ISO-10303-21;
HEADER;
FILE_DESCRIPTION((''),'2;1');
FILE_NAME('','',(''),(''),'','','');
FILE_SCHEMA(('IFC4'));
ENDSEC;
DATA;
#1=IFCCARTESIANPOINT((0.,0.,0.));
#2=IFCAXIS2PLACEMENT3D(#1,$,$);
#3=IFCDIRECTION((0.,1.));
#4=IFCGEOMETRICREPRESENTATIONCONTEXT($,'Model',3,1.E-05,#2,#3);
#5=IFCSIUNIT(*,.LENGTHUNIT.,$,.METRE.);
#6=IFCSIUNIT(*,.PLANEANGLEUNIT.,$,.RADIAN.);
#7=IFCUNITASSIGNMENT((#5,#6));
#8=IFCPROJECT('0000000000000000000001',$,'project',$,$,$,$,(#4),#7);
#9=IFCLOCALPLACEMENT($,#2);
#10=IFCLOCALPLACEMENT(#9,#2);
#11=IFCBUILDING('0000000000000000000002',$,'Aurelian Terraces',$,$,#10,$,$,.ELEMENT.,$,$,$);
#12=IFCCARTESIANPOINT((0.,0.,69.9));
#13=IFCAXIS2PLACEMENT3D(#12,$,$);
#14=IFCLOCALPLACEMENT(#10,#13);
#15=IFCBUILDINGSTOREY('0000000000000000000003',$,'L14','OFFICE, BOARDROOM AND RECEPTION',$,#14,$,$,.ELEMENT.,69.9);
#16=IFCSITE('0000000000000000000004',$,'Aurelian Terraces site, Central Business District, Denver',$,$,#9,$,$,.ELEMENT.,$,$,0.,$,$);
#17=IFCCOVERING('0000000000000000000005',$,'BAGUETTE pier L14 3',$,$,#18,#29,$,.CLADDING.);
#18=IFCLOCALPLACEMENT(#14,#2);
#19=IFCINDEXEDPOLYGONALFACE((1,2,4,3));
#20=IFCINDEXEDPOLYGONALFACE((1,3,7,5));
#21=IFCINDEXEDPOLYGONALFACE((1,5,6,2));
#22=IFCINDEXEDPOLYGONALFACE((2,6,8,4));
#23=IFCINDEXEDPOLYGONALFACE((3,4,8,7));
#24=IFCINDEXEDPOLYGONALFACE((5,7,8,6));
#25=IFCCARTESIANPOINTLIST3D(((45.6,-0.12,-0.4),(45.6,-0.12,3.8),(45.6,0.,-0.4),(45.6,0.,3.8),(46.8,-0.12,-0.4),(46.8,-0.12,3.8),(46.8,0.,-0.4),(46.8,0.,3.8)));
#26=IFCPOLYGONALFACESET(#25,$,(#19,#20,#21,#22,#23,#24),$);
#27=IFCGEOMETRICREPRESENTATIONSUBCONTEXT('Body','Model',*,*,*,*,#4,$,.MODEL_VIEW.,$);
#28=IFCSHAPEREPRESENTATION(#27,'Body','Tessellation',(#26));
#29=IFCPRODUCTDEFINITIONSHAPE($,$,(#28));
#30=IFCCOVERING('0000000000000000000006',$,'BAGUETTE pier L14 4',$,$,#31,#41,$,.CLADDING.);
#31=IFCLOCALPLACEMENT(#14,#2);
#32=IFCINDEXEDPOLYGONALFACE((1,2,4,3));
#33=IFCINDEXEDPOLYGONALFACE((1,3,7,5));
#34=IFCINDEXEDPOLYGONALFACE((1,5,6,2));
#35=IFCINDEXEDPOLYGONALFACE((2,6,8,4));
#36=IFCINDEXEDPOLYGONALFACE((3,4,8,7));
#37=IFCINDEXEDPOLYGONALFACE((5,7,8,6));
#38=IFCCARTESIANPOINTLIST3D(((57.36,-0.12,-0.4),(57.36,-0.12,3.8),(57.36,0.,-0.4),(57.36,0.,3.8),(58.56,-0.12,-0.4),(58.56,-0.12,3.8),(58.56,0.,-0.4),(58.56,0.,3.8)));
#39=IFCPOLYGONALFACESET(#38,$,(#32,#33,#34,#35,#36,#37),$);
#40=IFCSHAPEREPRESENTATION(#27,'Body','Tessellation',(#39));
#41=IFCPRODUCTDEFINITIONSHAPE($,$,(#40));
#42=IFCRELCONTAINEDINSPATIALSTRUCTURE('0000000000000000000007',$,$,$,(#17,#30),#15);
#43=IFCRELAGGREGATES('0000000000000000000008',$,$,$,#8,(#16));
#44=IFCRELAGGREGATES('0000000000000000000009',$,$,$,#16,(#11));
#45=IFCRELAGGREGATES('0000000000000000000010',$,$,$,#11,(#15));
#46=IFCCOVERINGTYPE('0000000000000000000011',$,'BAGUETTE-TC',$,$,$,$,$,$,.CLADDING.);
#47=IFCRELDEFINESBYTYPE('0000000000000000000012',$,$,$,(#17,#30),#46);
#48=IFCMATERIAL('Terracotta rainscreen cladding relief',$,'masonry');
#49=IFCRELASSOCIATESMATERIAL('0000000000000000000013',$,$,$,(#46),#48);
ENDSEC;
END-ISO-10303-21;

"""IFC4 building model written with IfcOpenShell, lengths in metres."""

from ifc_helpers import new_model, si_unit, direction, frame, origin, origin_2d, place, context, subcontext, project, spatial, rectangle, extrude, source, transform, mapped, material, type_object, element, save


model = new_model("IFC4")

# Units and contexts
model_context = context("Model", 3, precision=1e-05, world=origin(), true_north=direction((0.0, 1.0)))
body_context = subcontext(model_context, "Body", "Model", "MODEL_VIEW")
ifc_project = project(units=[si_unit("LENGTHUNIT", "METRE"), si_unit("PLANEANGLEUNIT", "RADIAN")], contexts=[model_context])

# Site, building, storey
site_placement = place(None, origin())
site = spatial("IfcSite", under=ifc_project, at=site_placement, Name="Aurelian Terraces site, Central Business District, Denver", CompositionType="ELEMENT", RefElevation=0.0)
building_placement = place(site_placement, origin())
building = spatial("IfcBuilding", under=site, at=building_placement, Name="Aurelian Terraces", CompositionType="ELEMENT")
storey_placement = place(building_placement, frame((0.0, 0.0, 69.9)))
storey = spatial("IfcBuildingStorey", under=building, at=storey_placement, Name="L14", Description="OFFICE, BOARDROOM AND RECEPTION", CompositionType="ELEMENT", Elevation=69.9)

# Coverings
ifc_material_1 = material(Name="Terracotta rainscreen cladding relief", Category="masonry")
covering_type = type_object("IfcCoveringType", Name="BAGUETTE-TC", PredefinedType="CLADDING", material=ifc_material_1)
shared_shape_1 = source(origin(), body_context, "Body", "SweptSolid", [
    extrude(rectangle(XDim=1.2, YDim=0.12, at=origin_2d()), origin(), (0.0, 0.0, 1.0), 4.2),
])
for number, where, z_axis, x_axis, name in (
    (1, (46.2, -0.06, -0.4), (0.0, 0.0, 1.0), (1.0, 0.0, 0.0), "BAGUETTE pier L14 3"),
    (2, (57.96, -0.06, -0.4), (0.0, 0.0, 1.0), (1.0, 0.0, 0.0), "BAGUETTE pier L14 4"),
):
    element("IfcCovering", number, at=place(storey_placement, frame(where, z_axis=z_axis, x_axis=x_axis)), inside=storey, type_object=covering_type, Name=name, PredefinedType="CLADDING", context=body_context, shape_type="MappedRepresentation", body=[
        mapped(shared_shape_1, transform((0.0, 0.0, 0.0), scale=1.0)),
    ])

save(model, "model.ifc")
